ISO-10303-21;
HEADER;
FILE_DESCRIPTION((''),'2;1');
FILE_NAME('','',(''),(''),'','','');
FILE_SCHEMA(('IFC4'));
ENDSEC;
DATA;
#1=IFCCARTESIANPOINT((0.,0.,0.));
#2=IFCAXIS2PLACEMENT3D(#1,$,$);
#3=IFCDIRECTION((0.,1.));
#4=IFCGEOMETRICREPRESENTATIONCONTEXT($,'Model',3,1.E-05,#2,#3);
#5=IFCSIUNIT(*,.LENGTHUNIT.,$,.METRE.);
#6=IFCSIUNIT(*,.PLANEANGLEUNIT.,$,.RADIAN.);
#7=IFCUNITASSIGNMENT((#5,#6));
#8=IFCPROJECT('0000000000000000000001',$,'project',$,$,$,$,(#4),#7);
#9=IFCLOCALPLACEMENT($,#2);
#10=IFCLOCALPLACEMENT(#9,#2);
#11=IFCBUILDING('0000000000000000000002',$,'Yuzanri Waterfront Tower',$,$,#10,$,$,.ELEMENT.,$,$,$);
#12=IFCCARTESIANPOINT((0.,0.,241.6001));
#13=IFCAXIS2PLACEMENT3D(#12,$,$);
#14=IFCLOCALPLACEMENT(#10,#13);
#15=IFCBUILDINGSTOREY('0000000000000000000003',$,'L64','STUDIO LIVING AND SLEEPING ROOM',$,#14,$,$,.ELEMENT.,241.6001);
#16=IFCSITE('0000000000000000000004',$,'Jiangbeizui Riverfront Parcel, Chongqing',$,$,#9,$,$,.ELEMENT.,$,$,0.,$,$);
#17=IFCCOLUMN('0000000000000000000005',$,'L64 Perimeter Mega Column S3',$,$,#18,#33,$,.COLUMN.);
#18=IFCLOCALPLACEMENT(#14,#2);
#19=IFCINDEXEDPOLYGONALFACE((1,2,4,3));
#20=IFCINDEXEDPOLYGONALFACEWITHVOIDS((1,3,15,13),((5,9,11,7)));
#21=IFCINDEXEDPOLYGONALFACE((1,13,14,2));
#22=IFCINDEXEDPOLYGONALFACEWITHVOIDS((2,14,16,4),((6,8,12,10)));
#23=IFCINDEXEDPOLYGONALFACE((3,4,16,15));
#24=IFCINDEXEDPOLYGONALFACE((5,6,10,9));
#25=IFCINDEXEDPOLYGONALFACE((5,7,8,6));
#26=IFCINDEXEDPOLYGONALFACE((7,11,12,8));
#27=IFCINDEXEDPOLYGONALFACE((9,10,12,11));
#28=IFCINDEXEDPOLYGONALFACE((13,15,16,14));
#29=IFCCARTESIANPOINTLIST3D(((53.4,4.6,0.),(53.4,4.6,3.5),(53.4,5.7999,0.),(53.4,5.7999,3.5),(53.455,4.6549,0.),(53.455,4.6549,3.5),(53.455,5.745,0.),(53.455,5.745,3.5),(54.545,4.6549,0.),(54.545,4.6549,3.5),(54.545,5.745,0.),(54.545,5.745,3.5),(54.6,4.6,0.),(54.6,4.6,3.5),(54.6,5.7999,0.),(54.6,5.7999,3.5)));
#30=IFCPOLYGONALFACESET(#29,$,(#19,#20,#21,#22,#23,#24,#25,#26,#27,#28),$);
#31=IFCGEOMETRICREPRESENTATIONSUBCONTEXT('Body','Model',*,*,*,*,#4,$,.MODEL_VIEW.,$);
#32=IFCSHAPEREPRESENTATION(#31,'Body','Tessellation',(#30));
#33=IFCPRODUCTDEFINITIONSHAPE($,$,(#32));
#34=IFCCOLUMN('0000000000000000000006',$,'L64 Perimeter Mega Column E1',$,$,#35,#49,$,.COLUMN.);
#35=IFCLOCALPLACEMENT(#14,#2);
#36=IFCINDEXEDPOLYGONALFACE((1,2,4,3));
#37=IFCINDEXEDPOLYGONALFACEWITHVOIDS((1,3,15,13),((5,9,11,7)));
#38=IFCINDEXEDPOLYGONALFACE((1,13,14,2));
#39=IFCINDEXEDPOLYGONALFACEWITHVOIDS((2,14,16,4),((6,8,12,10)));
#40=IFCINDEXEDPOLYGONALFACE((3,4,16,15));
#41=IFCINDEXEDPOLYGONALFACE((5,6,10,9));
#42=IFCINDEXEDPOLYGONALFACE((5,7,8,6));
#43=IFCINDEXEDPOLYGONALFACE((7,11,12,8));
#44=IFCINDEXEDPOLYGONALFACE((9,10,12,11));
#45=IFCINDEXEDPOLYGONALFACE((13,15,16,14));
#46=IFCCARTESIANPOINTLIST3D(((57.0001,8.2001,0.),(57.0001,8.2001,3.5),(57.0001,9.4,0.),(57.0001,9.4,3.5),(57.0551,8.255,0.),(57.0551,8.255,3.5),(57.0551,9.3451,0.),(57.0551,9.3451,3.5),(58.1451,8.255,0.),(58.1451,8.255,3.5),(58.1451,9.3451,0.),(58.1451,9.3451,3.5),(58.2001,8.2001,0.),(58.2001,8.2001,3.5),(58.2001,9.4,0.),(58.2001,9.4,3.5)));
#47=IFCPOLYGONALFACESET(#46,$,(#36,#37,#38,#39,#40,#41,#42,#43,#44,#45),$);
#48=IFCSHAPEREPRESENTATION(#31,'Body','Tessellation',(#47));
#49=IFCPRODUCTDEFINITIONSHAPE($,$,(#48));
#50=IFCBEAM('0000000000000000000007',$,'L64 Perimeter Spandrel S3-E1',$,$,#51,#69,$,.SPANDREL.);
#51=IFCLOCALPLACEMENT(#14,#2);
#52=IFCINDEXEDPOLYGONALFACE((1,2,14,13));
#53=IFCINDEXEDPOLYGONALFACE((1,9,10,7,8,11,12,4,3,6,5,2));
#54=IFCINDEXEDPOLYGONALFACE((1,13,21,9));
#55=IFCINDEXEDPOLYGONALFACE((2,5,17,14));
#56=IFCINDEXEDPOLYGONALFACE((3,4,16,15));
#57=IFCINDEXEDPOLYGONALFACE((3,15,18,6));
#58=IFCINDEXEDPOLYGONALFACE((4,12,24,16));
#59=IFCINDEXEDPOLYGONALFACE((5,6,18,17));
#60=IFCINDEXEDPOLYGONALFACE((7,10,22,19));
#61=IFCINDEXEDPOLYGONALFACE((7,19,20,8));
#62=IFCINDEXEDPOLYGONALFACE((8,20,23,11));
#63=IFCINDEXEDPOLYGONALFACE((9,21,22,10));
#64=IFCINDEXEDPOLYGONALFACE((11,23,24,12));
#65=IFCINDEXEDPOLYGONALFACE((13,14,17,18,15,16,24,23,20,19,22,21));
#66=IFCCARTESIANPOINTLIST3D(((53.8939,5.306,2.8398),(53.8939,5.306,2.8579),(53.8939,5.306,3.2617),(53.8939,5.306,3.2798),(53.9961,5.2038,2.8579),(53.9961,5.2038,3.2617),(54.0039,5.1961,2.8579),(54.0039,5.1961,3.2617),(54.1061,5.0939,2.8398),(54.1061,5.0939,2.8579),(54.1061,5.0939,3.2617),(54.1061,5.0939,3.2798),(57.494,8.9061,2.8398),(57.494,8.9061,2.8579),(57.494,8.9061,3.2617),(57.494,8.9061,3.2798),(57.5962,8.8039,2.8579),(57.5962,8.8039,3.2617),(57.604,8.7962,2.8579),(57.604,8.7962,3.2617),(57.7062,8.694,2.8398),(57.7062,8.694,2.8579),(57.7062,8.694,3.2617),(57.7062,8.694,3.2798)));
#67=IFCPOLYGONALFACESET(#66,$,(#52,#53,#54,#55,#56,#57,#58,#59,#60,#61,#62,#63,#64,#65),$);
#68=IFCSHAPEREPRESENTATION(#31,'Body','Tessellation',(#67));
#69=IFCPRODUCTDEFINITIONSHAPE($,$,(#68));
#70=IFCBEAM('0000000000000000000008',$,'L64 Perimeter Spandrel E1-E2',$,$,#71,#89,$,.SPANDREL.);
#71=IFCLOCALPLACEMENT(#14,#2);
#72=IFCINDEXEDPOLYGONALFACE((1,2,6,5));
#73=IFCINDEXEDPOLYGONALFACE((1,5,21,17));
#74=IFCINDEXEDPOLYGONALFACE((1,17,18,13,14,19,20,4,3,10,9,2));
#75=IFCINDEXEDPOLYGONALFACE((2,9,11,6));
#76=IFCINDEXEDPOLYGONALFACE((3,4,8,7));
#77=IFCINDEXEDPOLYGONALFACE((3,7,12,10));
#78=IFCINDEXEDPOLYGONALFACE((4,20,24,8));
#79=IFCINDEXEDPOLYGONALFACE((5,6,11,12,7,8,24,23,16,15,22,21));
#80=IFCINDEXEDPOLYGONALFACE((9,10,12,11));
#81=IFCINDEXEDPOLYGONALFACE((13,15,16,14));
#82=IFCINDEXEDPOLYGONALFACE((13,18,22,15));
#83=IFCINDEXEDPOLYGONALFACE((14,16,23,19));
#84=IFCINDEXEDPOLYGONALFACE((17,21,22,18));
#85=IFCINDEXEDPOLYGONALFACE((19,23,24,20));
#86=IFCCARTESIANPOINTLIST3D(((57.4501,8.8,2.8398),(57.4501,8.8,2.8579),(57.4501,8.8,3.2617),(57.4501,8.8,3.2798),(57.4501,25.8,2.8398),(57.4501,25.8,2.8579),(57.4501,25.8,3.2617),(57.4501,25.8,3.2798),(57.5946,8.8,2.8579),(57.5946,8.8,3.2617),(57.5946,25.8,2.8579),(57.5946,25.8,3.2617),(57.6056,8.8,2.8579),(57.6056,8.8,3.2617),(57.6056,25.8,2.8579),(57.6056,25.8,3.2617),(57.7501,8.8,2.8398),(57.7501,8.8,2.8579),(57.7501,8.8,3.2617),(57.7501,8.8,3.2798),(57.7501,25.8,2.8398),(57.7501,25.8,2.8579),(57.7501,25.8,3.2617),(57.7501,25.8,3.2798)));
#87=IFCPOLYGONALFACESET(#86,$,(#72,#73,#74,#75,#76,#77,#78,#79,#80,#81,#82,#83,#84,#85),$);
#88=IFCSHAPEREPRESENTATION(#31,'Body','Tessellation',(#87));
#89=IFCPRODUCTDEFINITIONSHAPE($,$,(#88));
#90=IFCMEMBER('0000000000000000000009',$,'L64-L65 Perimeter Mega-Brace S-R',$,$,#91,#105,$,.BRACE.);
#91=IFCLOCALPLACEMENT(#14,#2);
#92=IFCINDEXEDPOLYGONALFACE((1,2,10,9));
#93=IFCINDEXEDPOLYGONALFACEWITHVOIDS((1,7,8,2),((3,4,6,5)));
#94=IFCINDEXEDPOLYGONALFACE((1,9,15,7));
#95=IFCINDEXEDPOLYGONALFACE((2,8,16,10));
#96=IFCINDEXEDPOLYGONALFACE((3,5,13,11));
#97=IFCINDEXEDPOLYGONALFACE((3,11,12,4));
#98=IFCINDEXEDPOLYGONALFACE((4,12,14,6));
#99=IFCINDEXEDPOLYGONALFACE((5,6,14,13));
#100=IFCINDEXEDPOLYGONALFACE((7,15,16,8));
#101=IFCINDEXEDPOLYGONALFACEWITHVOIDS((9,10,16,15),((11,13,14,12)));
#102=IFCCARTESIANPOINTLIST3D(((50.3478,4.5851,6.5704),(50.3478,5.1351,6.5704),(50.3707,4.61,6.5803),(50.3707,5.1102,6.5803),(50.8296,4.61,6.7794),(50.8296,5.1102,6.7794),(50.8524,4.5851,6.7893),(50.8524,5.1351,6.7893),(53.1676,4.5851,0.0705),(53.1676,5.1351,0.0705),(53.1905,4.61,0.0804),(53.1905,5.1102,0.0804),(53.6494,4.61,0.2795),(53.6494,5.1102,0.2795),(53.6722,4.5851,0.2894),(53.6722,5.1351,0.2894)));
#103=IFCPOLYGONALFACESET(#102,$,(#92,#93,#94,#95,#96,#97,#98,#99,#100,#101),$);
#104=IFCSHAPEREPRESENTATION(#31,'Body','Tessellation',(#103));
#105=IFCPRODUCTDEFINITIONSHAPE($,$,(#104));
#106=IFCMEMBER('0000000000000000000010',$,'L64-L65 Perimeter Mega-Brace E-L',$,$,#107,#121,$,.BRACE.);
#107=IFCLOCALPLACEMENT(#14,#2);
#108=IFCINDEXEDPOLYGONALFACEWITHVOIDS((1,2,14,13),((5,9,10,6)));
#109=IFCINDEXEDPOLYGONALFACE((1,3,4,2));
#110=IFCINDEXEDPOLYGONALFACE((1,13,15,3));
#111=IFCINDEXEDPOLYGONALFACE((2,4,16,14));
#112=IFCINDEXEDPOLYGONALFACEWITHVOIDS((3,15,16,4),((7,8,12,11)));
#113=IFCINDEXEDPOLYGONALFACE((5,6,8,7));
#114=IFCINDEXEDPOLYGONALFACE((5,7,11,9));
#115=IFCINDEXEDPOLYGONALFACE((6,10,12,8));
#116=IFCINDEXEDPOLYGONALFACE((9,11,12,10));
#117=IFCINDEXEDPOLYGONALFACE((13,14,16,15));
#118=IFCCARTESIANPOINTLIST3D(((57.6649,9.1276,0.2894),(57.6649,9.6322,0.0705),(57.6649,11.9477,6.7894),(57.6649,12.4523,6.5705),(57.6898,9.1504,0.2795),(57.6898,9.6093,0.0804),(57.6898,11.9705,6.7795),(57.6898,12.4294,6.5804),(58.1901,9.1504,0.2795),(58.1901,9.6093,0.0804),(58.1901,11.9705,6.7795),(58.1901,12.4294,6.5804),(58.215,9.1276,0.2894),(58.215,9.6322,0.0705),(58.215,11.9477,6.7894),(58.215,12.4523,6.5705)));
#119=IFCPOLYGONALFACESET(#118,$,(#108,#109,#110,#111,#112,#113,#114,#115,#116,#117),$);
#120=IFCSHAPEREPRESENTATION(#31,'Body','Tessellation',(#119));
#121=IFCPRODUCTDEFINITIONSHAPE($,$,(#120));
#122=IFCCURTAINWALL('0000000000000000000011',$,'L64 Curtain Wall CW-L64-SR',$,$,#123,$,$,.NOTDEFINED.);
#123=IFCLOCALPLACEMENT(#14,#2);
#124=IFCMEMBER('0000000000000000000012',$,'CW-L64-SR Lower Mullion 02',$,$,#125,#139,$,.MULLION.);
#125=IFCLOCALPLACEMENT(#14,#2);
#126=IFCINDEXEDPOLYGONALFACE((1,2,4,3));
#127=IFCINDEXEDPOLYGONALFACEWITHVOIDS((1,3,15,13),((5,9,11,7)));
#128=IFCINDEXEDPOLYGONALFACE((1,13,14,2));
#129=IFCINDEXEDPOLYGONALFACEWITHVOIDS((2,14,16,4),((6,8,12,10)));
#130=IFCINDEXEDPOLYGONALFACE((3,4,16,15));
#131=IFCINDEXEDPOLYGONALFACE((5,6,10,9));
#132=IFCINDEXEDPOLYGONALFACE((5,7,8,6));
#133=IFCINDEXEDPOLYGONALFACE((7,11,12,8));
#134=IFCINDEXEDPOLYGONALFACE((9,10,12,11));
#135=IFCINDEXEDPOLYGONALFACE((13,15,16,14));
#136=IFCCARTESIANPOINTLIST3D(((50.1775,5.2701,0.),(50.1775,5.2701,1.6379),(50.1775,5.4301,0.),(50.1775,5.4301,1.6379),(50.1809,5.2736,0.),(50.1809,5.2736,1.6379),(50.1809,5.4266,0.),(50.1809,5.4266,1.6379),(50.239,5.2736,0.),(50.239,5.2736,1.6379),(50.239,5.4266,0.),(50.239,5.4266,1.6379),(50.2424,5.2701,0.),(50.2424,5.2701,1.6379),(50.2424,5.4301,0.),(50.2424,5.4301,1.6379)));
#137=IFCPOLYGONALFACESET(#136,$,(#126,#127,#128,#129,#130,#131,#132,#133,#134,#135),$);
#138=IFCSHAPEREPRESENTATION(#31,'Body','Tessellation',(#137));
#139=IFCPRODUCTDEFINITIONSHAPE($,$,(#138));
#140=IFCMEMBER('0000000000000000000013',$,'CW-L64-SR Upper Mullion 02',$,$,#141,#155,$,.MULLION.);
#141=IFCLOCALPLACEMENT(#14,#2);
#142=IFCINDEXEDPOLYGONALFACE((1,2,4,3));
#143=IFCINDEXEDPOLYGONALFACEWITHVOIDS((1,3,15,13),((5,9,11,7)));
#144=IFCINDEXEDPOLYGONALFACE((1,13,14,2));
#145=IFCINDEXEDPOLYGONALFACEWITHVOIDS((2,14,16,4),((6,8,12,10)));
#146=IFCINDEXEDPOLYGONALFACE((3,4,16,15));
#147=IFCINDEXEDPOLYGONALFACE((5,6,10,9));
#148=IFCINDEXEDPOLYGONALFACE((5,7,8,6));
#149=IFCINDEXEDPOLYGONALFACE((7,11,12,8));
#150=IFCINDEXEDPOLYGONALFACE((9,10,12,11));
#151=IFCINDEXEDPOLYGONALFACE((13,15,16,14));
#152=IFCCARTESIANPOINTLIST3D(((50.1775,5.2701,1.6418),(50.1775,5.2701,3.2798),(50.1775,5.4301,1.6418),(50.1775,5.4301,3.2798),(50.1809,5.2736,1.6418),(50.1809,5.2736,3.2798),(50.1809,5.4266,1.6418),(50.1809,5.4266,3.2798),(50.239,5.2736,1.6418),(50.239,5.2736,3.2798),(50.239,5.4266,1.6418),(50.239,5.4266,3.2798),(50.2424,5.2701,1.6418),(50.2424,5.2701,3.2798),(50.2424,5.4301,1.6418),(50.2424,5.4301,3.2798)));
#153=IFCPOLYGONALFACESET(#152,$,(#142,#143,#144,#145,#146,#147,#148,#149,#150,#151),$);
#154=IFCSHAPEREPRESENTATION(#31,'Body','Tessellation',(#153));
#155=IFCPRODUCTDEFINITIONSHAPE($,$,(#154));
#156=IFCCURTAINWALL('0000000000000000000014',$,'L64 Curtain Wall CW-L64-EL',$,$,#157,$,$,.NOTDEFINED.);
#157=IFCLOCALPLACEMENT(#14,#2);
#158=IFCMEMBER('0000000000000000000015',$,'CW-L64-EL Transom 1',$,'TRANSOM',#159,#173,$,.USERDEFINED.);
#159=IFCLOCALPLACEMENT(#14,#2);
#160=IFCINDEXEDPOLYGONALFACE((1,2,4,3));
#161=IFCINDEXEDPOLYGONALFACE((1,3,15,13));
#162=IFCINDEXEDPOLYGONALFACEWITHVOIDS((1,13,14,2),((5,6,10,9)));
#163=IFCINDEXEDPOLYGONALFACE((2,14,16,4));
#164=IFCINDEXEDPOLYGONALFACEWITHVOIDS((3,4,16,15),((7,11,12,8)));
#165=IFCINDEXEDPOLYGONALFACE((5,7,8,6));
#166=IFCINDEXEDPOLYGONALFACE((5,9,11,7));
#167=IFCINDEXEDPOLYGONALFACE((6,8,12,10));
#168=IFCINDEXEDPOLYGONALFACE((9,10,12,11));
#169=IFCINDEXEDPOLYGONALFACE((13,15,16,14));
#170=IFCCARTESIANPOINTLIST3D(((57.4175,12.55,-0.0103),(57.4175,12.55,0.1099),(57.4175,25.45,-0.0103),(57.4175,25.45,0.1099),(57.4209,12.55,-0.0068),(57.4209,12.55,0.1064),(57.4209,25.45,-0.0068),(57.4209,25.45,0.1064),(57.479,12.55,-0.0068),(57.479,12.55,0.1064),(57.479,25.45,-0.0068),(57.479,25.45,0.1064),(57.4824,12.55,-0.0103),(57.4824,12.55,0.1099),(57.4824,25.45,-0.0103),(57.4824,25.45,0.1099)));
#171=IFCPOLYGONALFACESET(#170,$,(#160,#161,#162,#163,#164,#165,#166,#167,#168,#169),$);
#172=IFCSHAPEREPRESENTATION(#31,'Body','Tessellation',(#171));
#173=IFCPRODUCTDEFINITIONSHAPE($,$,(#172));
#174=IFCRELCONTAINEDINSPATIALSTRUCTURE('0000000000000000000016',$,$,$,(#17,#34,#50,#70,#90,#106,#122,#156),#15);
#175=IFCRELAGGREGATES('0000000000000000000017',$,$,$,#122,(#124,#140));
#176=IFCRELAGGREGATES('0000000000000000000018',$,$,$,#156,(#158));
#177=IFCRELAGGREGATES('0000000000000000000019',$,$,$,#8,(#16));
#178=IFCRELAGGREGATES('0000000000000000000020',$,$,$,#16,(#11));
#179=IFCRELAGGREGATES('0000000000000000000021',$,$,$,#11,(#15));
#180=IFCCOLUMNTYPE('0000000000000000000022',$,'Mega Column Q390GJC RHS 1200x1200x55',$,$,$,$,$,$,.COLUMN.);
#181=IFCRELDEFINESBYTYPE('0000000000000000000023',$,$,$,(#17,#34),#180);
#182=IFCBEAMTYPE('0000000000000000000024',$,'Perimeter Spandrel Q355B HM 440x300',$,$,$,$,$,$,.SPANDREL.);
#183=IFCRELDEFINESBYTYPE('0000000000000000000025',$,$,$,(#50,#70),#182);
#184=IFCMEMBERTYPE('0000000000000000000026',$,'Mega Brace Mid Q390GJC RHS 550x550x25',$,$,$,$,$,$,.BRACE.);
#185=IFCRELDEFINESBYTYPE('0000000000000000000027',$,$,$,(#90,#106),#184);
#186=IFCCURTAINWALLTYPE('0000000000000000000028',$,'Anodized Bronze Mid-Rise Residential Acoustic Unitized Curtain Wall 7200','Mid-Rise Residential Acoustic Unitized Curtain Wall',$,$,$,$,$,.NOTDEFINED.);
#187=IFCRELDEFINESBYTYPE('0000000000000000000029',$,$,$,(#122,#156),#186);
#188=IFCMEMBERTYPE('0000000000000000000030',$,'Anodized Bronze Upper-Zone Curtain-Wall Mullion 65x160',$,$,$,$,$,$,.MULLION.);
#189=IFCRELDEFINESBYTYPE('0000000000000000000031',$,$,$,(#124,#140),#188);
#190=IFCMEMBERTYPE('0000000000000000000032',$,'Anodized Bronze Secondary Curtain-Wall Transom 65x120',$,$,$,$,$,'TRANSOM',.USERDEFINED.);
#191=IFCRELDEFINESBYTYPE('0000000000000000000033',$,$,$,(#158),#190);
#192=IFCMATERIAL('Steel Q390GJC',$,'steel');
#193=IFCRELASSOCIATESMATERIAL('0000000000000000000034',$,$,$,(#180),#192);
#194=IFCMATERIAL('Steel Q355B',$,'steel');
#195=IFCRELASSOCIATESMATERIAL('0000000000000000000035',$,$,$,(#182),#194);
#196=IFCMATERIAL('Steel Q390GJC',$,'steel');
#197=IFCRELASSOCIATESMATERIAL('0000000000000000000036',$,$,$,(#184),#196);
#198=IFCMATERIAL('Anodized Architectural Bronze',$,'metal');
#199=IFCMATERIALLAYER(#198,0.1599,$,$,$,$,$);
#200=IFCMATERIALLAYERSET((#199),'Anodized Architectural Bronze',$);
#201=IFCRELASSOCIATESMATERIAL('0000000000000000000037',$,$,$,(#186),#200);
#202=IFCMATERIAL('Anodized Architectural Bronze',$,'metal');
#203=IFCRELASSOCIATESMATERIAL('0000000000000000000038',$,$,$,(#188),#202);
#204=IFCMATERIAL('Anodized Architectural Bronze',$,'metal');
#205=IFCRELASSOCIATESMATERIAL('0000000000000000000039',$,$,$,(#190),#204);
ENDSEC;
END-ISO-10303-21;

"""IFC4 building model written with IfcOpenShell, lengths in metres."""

from ifc_helpers import new_model, si_unit, direction, frame, origin, origin_2d, place, context, subcontext, project, spatial, hollow_rectangle, i_section, extrude, source, transform, mapped, material, layer, layer_set, material_profile, profile_set, type_object, element, aggregate, save


model = new_model("IFC4")

# Units and contexts
model_context = context("Model", 3, precision=1e-05, world=origin(), true_north=direction((0.0, 1.0)))
body_context = subcontext(model_context, "Body", "Model", "MODEL_VIEW")
ifc_project = project(units=[si_unit("LENGTHUNIT", "METRE"), si_unit("PLANEANGLEUNIT", "RADIAN")], contexts=[model_context])

# Site, building, storey
site_placement = place(None, origin())
site = spatial("IfcSite", under=ifc_project, at=site_placement, Name="Jiangbeizui Riverfront Parcel, Chongqing", CompositionType="ELEMENT", RefElevation=0.0)
building_placement = place(site_placement, origin())
building = spatial("IfcBuilding", under=site, at=building_placement, Name="Yuzanri Waterfront Tower", CompositionType="ELEMENT")
storey_placement = place(building_placement, frame((0.0, 0.0, 241.6001)))
storey = spatial("IfcBuildingStorey", under=building, at=storey_placement, Name="L64", Description="STUDIO LIVING AND SLEEPING ROOM", CompositionType="ELEMENT", Elevation=241.6001)

# Columns
ifc_material_1 = material(Name="Steel Q390GJC", Category="steel")
ifc_material_profile_1 = material_profile(ifc_material_1, hollow_rectangle(XDim=1.2, YDim=1.2, WallThickness=0.0549, at=origin_2d()), Name="RHS 1200x1200x55")
ifc_profile_set_1 = profile_set([ifc_material_profile_1], Name="Steel Q390GJC")
column_type = type_object("IfcColumnType", Name="Mega Column Q390GJC RHS 1200x1200x55", PredefinedType="COLUMN", material=ifc_profile_set_1)
shared_shape_1 = source(origin(), body_context, "Body", "SweptSolid", [
    extrude(hollow_rectangle(XDim=1.2, YDim=1.2, WallThickness=0.0549, at=origin_2d()), origin(), (0.0, 0.0, 1.0), 3.5),
])
for number, where, z_axis, x_axis, name in (
    (1, (54.0, 5.2, 0.0), (0.0, 0.0, 1.0), (1.0, 0.0, 0.0), "L64 Perimeter Mega Column S3"),
    (2, (57.6001, 8.8, 0.0), (0.0, 0.0, 1.0), (1.0, 0.0, 0.0), "L64 Perimeter Mega Column E1"),
):
    element("IfcColumn", number, at=place(storey_placement, frame(where, z_axis=z_axis, x_axis=x_axis)), inside=storey, type_object=column_type, Name=name, PredefinedType="COLUMN", context=body_context, shape_type="MappedRepresentation", body=[
        mapped(shared_shape_1, transform((0.0, 0.0, 0.0), scale=1.0)),
    ])

# Beams
ifc_material_2 = material(Name="Steel Q355B", Category="steel")
ifc_material_profile_2 = material_profile(ifc_material_2, i_section(OverallWidth=0.3, OverallDepth=0.4399, WebThickness=0.011, FlangeThickness=0.0181, at=origin_2d()), Name="HM 440x300x11x18")
ifc_profile_set_2 = profile_set([ifc_material_profile_2], Name="Steel Q355B")
beam_type = type_object("IfcBeamType", Name="Perimeter Spandrel Q355B HM 440x300", PredefinedType="SPANDREL", material=ifc_profile_set_2)
shared_shape_2 = source(origin(), body_context, "Body", "SweptSolid", [
    extrude(i_section(OverallWidth=0.3, OverallDepth=0.4399, WebThickness=0.011, FlangeThickness=0.0181, at=origin_2d()), origin(), (0.0, 0.0, 1.0), 5.0913),
])
beam_1_placement = place(storey_placement, frame((54.0, 5.2, 3.0598), z_axis=(0.707107, 0.707107, 0.0), x_axis=(-0.707107, 0.707107, 0.0)))
element("IfcBeam", 3, at=beam_1_placement, inside=storey, type_object=beam_type, Name="L64 Perimeter Spandrel S3-E1", PredefinedType="SPANDREL", context=body_context, shape_type="MappedRepresentation", body=[
    mapped(shared_shape_2, transform((0.0, 0.0, 0.0), scale=1.0)),
])
shared_shape_3 = source(origin(), body_context, "Body", "SweptSolid", [
    extrude(i_section(OverallWidth=0.3, OverallDepth=0.4399, WebThickness=0.011, FlangeThickness=0.0181, at=origin_2d()), origin(), (0.0, 0.0, 1.0), 17.0),
])
beam_2_placement = place(storey_placement, frame((57.6001, 8.8, 3.0598), z_axis=(0.0, 1.0, 0.0), x_axis=(-1.0, 0.0, 0.0)))
element("IfcBeam", 4, at=beam_2_placement, inside=storey, type_object=beam_type, Name="L64 Perimeter Spandrel E1-E2", PredefinedType="SPANDREL", context=body_context, shape_type="MappedRepresentation", body=[
    mapped(shared_shape_3, transform((0.0, 0.0, 0.0), scale=1.0)),
])

# Members
ifc_material_3 = material(Name="Steel Q390GJC", Category="steel")
ifc_material_profile_3 = material_profile(ifc_material_3, hollow_rectangle(XDim=0.55, YDim=0.55, WallThickness=0.0249, at=origin_2d()), Name="RHS 550x550x25")
ifc_profile_set_3 = profile_set([ifc_material_profile_3], Name="Steel Q390GJC")
member_type_1 = type_object("IfcMemberType", Name="Mega Brace Mid Q390GJC RHS 550x550x25", PredefinedType="BRACE", material=ifc_profile_set_3)
shared_shape_4 = source(origin(), body_context, "Body", "SweptSolid", [
    extrude(hollow_rectangle(XDim=0.55, YDim=0.55, WallThickness=0.0249, at=origin_2d()), origin(), (0.0, 0.0, 1.0), 7.0852),
])
member_1_placement = place(storey_placement, frame((53.4199, 4.8601, 0.1799), z_axis=(-0.397983, 0.0, 0.917393), x_axis=(0.0, -1.0, 0.0)))
element("IfcMember", 5, at=member_1_placement, inside=storey, type_object=member_type_1, Name="L64-L65 Perimeter Mega-Brace S-R", PredefinedType="BRACE", context=body_context, shape_type="MappedRepresentation", body=[
    mapped(shared_shape_4, transform((0.0, 0.0, 0.0), scale=1.0)),
])
shared_shape_5 = source(origin(), body_context, "Body", "SweptSolid", [
    extrude(hollow_rectangle(XDim=0.55, YDim=0.55, WallThickness=0.0249, at=origin_2d()), origin(), (0.0, 0.0, 1.0), 7.0854),
])
member_2_placement = place(storey_placement, frame((57.9399, 9.3799, 0.1799), z_axis=(0.0, 0.398012, 0.91738), x_axis=(-1.0, 0.0, 0.0)))
element("IfcMember", 6, at=member_2_placement, inside=storey, type_object=member_type_1, Name="L64-L65 Perimeter Mega-Brace E-L", PredefinedType="BRACE", context=body_context, shape_type="MappedRepresentation", body=[
    mapped(shared_shape_5, transform((0.0, 0.0, 0.0), scale=1.0)),
])

# Curtain walls, members
ifc_material_4 = material(Name="Anodized Architectural Bronze", Category="metal")
ifc_layer_1 = layer(ifc_material_4, 0.1599)
ifc_layer_set_1 = layer_set([ifc_layer_1], Name="Anodized Architectural Bronze")
curtain_wall_type = type_object("IfcCurtainWallType", Name="Anodized Bronze Mid-Rise Residential Acoustic Unitized Curtain Wall 7200", Description="Mid-Rise Residential Acoustic Unitized Curtain Wall", PredefinedType="NOTDEFINED", material=ifc_layer_set_1)
curtain_wall_1_placement = place(storey_placement, origin())
curtain_wall_1 = element("IfcCurtainWall", 7, at=curtain_wall_1_placement, inside=storey, type_object=curtain_wall_type, Name="L64 Curtain Wall CW-L64-SR", PredefinedType="NOTDEFINED")
ifc_material_5 = material(Name="Anodized Architectural Bronze", Category="metal")
ifc_material_profile_4 = material_profile(ifc_material_5, hollow_rectangle(XDim=0.0649, YDim=0.1599, WallThickness=0.0034, at=origin_2d()), Name="CWM 65x160")
ifc_profile_set_4 = profile_set([ifc_material_profile_4], Name="Anodized Architectural Bronze")
member_type_2 = type_object("IfcMemberType", Name="Anodized Bronze Upper-Zone Curtain-Wall Mullion 65x160", PredefinedType="MULLION", material=ifc_profile_set_4)
shared_shape_6 = source(origin(), body_context, "Body", "SweptSolid", [
    extrude(hollow_rectangle(XDim=0.0649, YDim=0.1599, WallThickness=0.0034, at=origin_2d()), origin(), (0.0, 0.0, 1.0), 1.6379),
])
member_3_placement = place(storey_placement, frame((50.21, 5.3501, 0.0), z_axis=(0.0, 0.0, 1.0), x_axis=(1.0, 0.0, 0.0)))
member_3 = element("IfcMember", 8, at=member_3_placement, type_object=member_type_2, Name="CW-L64-SR Lower Mullion 02", PredefinedType="MULLION", context=body_context, shape_type="MappedRepresentation", body=[
    mapped(shared_shape_6, transform((0.0, 0.0, 0.0), scale=1.0)),
])
member_4_placement = place(storey_placement, frame((50.21, 5.3501, 1.6418), z_axis=(0.0, 0.0, 1.0), x_axis=(1.0, 0.0, 0.0)))
member_4 = element("IfcMember", 9, at=member_4_placement, type_object=member_type_2, Name="CW-L64-SR Upper Mullion 02", PredefinedType="MULLION", context=body_context, shape_type="MappedRepresentation", body=[
    mapped(shared_shape_6, transform((0.0, 0.0, 0.0), scale=1.0)),
])
aggregate(curtain_wall_1, [member_3, member_4])
curtain_wall_2_placement = place(storey_placement, origin())
curtain_wall_2 = element("IfcCurtainWall", 10, at=curtain_wall_2_placement, inside=storey, type_object=curtain_wall_type, Name="L64 Curtain Wall CW-L64-EL", PredefinedType="NOTDEFINED")
ifc_material_6 = material(Name="Anodized Architectural Bronze", Category="metal")
ifc_material_profile_5 = material_profile(ifc_material_6, hollow_rectangle(XDim=0.0649, YDim=0.1201, WallThickness=0.0034, at=origin_2d()), Name="CWT 65x120")
ifc_profile_set_5 = profile_set([ifc_material_profile_5], Name="Anodized Architectural Bronze")
member_type_3 = type_object("IfcMemberType", Name="Anodized Bronze Secondary Curtain-Wall Transom 65x120", ElementType="TRANSOM", PredefinedType="USERDEFINED", material=ifc_profile_set_5)
shared_shape_7 = source(origin(), body_context, "Body", "SweptSolid", [
    extrude(hollow_rectangle(XDim=0.0649, YDim=0.1201, WallThickness=0.0034, at=origin_2d()), origin(), (0.0, 0.0, 1.0), 12.8999),
])
member_5_placement = place(storey_placement, frame((57.45, 12.55, 0.0498), z_axis=(0.0, 1.0, 0.0), x_axis=(-1.0, 0.0, 0.0)))
member_5 = element("IfcMember", 11, at=member_5_placement, type_object=member_type_3, Name="CW-L64-EL Transom 1", ObjectType="TRANSOM", PredefinedType="USERDEFINED", context=body_context, shape_type="MappedRepresentation", body=[
    mapped(shared_shape_7, transform((0.0, 0.0, 0.0), scale=1.0)),
])
aggregate(curtain_wall_2, [member_5])

save(model, "model.ifc")
